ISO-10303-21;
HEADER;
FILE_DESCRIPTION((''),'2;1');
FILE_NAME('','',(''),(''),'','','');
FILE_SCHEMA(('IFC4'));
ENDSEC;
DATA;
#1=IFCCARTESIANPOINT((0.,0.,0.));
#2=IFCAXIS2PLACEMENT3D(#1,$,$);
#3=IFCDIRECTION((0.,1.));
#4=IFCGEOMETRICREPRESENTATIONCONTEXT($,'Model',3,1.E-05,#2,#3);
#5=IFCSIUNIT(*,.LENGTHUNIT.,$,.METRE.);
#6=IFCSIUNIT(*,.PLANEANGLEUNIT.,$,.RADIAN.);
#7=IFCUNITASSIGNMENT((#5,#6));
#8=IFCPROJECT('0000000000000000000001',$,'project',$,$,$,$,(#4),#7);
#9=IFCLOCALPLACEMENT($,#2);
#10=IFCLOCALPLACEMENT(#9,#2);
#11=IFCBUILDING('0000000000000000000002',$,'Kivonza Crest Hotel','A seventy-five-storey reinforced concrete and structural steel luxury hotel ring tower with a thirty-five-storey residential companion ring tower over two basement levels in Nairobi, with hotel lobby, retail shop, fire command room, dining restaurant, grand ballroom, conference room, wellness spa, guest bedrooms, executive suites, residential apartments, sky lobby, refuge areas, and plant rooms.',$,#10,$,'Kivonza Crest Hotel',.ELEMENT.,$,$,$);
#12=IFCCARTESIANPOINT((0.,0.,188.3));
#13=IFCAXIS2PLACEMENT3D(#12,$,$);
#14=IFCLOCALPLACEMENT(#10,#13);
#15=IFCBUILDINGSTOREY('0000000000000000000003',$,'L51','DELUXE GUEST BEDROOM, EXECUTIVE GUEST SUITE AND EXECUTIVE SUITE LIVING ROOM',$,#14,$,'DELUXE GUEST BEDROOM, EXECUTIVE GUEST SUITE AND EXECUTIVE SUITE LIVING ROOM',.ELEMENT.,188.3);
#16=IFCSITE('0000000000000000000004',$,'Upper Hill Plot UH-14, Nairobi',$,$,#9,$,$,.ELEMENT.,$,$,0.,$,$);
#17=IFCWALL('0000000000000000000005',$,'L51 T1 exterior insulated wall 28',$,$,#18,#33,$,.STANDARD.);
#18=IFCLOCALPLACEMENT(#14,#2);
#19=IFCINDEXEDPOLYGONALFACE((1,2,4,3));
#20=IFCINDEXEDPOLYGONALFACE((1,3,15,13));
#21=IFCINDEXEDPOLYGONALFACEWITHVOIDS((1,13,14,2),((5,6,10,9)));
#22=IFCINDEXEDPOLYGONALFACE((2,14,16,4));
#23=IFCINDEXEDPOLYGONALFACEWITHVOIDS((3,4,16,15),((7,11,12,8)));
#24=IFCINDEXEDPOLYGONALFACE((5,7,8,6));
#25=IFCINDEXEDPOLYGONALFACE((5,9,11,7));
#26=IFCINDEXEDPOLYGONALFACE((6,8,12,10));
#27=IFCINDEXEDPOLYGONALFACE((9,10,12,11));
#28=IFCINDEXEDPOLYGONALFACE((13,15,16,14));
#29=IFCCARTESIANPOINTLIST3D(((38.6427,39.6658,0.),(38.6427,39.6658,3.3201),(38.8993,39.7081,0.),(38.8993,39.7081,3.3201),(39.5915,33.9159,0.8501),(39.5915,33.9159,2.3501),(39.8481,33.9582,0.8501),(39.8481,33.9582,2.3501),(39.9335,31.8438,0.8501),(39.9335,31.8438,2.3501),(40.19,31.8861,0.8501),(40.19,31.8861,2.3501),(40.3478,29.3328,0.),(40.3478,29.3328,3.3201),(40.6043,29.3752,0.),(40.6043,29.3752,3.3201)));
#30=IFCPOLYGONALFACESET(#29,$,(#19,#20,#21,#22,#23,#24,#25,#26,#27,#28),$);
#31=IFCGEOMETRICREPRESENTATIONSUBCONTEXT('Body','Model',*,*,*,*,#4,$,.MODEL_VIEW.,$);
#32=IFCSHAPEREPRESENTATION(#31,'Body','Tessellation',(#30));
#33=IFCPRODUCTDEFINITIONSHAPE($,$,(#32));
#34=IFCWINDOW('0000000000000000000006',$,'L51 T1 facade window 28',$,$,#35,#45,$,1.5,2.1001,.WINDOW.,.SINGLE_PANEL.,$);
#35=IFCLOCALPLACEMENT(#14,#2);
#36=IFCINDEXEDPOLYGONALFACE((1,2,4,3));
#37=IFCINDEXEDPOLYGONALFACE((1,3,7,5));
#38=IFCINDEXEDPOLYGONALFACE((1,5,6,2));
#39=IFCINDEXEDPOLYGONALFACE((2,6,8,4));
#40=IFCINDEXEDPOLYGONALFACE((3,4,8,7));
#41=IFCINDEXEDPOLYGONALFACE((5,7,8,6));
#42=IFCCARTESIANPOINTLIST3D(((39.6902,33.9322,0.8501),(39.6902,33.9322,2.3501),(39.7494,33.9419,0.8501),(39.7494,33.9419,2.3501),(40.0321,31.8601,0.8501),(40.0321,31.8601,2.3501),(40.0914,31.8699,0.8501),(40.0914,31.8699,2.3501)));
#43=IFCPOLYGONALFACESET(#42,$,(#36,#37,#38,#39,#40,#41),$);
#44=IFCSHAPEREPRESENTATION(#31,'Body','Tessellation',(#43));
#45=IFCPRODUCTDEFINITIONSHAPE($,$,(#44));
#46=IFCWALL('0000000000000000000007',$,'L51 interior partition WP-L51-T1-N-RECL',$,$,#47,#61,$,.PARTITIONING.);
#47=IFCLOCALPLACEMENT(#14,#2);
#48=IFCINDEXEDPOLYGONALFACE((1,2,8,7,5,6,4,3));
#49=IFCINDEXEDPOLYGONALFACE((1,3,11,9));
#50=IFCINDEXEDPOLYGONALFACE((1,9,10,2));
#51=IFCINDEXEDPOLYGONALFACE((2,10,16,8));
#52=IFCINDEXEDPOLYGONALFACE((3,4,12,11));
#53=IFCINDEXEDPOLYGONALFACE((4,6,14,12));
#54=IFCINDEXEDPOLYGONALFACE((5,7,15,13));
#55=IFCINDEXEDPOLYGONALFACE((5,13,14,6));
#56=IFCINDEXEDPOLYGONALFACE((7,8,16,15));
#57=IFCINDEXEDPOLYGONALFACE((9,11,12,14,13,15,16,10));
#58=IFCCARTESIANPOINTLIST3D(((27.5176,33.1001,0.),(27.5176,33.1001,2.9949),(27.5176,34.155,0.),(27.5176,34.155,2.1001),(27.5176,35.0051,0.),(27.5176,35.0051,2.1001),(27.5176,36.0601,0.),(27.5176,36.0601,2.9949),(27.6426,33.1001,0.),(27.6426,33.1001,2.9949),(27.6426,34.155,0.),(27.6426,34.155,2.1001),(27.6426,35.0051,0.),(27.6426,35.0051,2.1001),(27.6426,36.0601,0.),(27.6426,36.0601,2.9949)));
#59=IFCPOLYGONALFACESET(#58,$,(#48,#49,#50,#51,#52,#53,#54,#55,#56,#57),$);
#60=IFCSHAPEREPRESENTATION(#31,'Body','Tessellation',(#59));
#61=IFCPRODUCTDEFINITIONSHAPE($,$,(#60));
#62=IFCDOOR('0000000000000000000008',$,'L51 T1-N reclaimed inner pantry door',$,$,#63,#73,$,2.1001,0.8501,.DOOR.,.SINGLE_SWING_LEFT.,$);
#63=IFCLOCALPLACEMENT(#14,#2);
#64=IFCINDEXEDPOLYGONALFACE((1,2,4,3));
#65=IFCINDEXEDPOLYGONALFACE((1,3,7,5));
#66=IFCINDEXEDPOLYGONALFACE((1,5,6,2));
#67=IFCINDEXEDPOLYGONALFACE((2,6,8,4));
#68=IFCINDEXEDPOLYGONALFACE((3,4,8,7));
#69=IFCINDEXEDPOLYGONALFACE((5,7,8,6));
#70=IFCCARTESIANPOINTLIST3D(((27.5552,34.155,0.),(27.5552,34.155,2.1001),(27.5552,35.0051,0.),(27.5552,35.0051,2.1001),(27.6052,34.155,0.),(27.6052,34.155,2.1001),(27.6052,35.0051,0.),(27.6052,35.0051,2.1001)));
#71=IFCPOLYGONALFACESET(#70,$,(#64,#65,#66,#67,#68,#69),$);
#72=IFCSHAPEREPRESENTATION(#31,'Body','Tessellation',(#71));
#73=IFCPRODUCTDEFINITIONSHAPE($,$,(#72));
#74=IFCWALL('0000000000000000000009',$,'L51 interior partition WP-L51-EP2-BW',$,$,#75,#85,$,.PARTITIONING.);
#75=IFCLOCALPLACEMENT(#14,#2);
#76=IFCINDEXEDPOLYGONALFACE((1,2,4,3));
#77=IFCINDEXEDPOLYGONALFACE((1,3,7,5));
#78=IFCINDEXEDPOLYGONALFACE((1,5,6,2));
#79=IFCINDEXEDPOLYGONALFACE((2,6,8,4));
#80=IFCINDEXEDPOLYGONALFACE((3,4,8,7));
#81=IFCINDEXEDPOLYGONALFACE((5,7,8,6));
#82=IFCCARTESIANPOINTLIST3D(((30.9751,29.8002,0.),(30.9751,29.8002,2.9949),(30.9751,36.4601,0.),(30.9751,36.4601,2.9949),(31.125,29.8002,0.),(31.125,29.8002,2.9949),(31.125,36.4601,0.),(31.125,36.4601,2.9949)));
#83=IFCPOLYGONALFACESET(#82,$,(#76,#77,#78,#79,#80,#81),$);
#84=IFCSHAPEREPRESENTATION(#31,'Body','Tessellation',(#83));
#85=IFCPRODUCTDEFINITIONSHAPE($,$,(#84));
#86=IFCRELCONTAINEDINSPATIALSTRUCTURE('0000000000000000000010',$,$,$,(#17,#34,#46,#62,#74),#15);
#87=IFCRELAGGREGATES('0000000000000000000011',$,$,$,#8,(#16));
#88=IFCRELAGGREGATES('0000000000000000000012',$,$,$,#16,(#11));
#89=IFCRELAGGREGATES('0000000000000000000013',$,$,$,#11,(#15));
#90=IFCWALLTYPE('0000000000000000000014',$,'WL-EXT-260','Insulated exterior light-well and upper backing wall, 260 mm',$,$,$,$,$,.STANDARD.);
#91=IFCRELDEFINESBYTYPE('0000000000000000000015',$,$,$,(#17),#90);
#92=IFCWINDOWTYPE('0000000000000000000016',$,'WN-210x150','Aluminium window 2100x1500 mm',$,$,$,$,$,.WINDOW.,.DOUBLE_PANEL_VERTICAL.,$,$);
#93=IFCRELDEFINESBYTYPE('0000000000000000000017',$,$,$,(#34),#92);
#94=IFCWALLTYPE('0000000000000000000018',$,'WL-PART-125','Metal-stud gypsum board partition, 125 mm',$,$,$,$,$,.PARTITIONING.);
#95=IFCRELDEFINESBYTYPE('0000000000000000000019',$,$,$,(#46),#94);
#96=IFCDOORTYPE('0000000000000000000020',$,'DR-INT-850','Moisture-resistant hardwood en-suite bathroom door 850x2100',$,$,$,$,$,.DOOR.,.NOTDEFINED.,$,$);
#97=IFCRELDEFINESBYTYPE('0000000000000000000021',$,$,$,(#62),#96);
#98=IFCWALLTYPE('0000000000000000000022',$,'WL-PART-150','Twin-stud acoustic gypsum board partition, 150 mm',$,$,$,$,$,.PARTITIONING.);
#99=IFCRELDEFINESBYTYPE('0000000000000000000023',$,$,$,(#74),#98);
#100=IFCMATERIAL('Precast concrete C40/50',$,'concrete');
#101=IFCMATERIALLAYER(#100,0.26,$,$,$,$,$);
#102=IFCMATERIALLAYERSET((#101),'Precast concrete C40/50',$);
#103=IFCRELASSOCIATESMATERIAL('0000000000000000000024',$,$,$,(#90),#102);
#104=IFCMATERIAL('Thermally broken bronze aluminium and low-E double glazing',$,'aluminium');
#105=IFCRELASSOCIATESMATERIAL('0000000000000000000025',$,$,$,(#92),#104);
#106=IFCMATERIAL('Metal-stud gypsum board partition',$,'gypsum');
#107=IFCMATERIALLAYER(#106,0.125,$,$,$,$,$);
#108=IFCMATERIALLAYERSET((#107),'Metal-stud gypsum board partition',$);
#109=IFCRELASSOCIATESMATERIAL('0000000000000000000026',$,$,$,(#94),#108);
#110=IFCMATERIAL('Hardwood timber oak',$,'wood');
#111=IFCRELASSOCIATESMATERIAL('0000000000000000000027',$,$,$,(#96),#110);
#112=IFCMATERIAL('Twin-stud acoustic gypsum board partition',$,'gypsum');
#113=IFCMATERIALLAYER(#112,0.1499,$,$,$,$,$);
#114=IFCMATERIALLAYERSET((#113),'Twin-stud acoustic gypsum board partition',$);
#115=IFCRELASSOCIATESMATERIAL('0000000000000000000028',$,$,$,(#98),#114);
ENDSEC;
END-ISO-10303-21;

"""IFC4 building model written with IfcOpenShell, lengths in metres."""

from ifc_helpers import new_model, si_unit, direction, frame, frame_2d, origin, place, context, subcontext, project, spatial, rectangle, extrude, material, layer, layer_set, type_object, element, fill, save


model = new_model("IFC4")

# Units and contexts
model_context = context("Model", 3, precision=1e-05, world=origin(), true_north=direction((0.0, 1.0)))
body_context = subcontext(model_context, "Body", "Model", "MODEL_VIEW")
ifc_project = project(units=[si_unit("LENGTHUNIT", "METRE"), si_unit("PLANEANGLEUNIT", "RADIAN")], contexts=[model_context])

# Site, building, storey
site_placement = place(None, origin())
site = spatial("IfcSite", under=ifc_project, at=site_placement, Name="Upper Hill Plot UH-14, Nairobi", CompositionType="ELEMENT", RefElevation=0.0)
building_placement = place(site_placement, origin())
building = spatial("IfcBuilding", under=site, at=building_placement, Name="Kivonza Crest Hotel", Description="A seventy-five-storey reinforced concrete and structural steel luxury hotel ring tower with a thirty-five-storey residential companion ring tower over two basement levels in Nairobi, with hotel lobby, retail shop, fire command room, dining restaurant, grand ballroom, conference room, wellness spa, guest bedrooms, executive suites, residential apartments, sky lobby, refuge areas, and plant rooms.", LongName="Kivonza Crest Hotel", CompositionType="ELEMENT")
storey_placement = place(building_placement, frame((0.0, 0.0, 188.3)))
storey = spatial("IfcBuildingStorey", under=building, at=storey_placement, Name="L51", Description="DELUXE GUEST BEDROOM, EXECUTIVE GUEST SUITE AND EXECUTIVE SUITE LIVING ROOM", LongName="DELUXE GUEST BEDROOM, EXECUTIVE GUEST SUITE AND EXECUTIVE SUITE LIVING ROOM", CompositionType="ELEMENT", Elevation=188.3)

# Shared definitions
ifc_material_1 = material(Name="Hardwood timber oak", Category="wood")

# Shared definitions
ifc_material_2 = material(Name="Precast concrete C40/50", Category="concrete")
ifc_layer_1 = layer(ifc_material_2, 0.26)
ifc_layer_set_1 = layer_set([ifc_layer_1], Name="Precast concrete C40/50")
wall_type_1 = type_object("IfcWallType", Name="WL-EXT-260", Description="Insulated exterior light-well and upper backing wall, 260 mm", PredefinedType="STANDARD", material=ifc_layer_set_1)

# Shared definitions
ifc_material_3 = material(Name="Thermally broken bronze aluminium and low-E double glazing", Category="aluminium")
window_type_1 = type_object("IfcWindowType", Name="WN-210x150", Description="Aluminium window 2100x1500 mm", PartitioningType="DOUBLE_PANEL_VERTICAL", PredefinedType="WINDOW", material=ifc_material_3)

# Wall, opening, window
wall_1_placement = place(storey_placement, frame((40.4761, 29.354, 0.0), z_axis=(0.0, 0.0, 1.0), x_axis=(-0.162811, 0.986657, 0.0)))
wall_1 = element("IfcWall", 1, at=wall_1_placement, inside=storey, type_object=wall_type_1, Name="L51 T1 exterior insulated wall 28", PredefinedType="STANDARD", context=body_context, shape_type="SweptSolid", body=[
    extrude(rectangle(XDim=10.4727, YDim=0.26, at=frame_2d((5.2363, 0.0))), origin(), (0.0, 0.0, 1.0), 3.3201),
])
opening_1_placement = place(wall_1_placement, frame((2.5449, 0.0, 0.8501)))
opening_1 = element("IfcOpeningElement", 2, at=opening_1_placement, cuts=wall_1, PredefinedType="OPENING", context=body_context, shape_type="SweptSolid", body=[
    extrude(rectangle(XDim=2.1001, YDim=1.5, at=frame_2d((1.05, 0.75))), frame((0.0, 0.1401, 0.0), z_axis=(0.0, -1.0, 0.0), x_axis=(1.0, 0.0, 0.0)), (0.0, 0.0, 1.0), 0.28),
])
window_1_placement = place(opening_1_placement, origin())
window_1 = element("IfcWindow", 3, at=window_1_placement, inside=storey, type_object=window_type_1, Name="L51 T1 facade window 28", OverallHeight=1.5, OverallWidth=2.1001, PartitioningType="SINGLE_PANEL", PredefinedType="WINDOW", context=body_context, shape_type="SweptSolid", body=[
    extrude(rectangle(XDim=2.1001, YDim=1.5, at=frame_2d((1.05, 0.75))), frame((0.0, 0.03, 0.0), z_axis=(0.0, -1.0, 0.0), x_axis=(1.0, 0.0, 0.0)), (0.0, 0.0, 1.0), 0.0601),
])
fill(opening_1, window_1)

# Wall, opening, door
ifc_material_4 = material(Name="Metal-stud gypsum board partition", Category="gypsum")
ifc_layer_2 = layer(ifc_material_4, 0.125)
ifc_layer_set_2 = layer_set([ifc_layer_2], Name="Metal-stud gypsum board partition")
wall_type_2 = type_object("IfcWallType", Name="WL-PART-125", Description="Metal-stud gypsum board partition, 125 mm", PredefinedType="PARTITIONING", material=ifc_layer_set_2)
wall_2_placement = place(storey_placement, frame((27.5801, 33.1001, 0.0), z_axis=(0.0, 0.0, 1.0), x_axis=(0.0, 1.0, 0.0)))
wall_2 = element("IfcWall", 4, at=wall_2_placement, inside=storey, type_object=wall_type_2, Name="L51 interior partition WP-L51-T1-N-RECL", PredefinedType="PARTITIONING", context=body_context, shape_type="SweptSolid", body=[
    extrude(rectangle(XDim=2.96, YDim=0.125, at=frame_2d((1.48, 0.0))), origin(), (0.0, 0.0, 1.0), 2.9949),
])
opening_2_placement = place(wall_2_placement, frame((1.0549, 0.0, 0.0)))
opening_2 = element("IfcOpeningElement", 5, at=opening_2_placement, cuts=wall_2, PredefinedType="OPENING", context=body_context, shape_type="SweptSolid", body=[
    extrude(rectangle(XDim=0.8501, YDim=2.1001, at=frame_2d((0.425, 1.05))), frame((0.0, 0.0725, 0.0), z_axis=(0.0, -1.0, 0.0), x_axis=(1.0, 0.0, 0.0)), (0.0, 0.0, 1.0), 0.145),
])
door_type_1 = type_object("IfcDoorType", Name="DR-INT-850", Description="Moisture-resistant hardwood en-suite bathroom door 850x2100", OperationType="NOTDEFINED", PredefinedType="DOOR", material=ifc_material_1)
door_1_placement = place(opening_2_placement, origin())
door_1 = element("IfcDoor", 6, at=door_1_placement, inside=storey, type_object=door_type_1, Name="L51 T1-N reclaimed inner pantry door", OperationType="SINGLE_SWING_LEFT", OverallHeight=2.1001, OverallWidth=0.8501, PredefinedType="DOOR", context=body_context, shape_type="SweptSolid", body=[
    extrude(rectangle(XDim=0.8501, YDim=2.1001, at=frame_2d((0.425, 1.05))), frame((0.0, 0.0249, 0.0), z_axis=(0.0, -1.0, 0.0), x_axis=(1.0, 0.0, 0.0)), (0.0, 0.0, 1.0), 0.05),
])
fill(opening_2, door_1)

# Wall
ifc_material_5 = material(Name="Twin-stud acoustic gypsum board partition", Category="gypsum")
ifc_layer_3 = layer(ifc_material_5, 0.1499)
ifc_layer_set_3 = layer_set([ifc_layer_3], Name="Twin-stud acoustic gypsum board partition")
wall_type_3 = type_object("IfcWallType", Name="WL-PART-150", Description="Twin-stud acoustic gypsum board partition, 150 mm", PredefinedType="PARTITIONING", material=ifc_layer_set_3)
wall_3_placement = place(storey_placement, frame((31.05, 29.8, 0.0), z_axis=(0.0, 0.0, 1.0), x_axis=(0.0, 1.0, 0.0)))
element("IfcWall", 7, at=wall_3_placement, inside=storey, type_object=wall_type_3, Name="L51 interior partition WP-L51-EP2-BW", PredefinedType="PARTITIONING", context=body_context, shape_type="SweptSolid", body=[
    extrude(rectangle(XDim=6.6599, YDim=0.1499, at=frame_2d((3.3301, 0.0))), origin(), (0.0, 0.0, 1.0), 2.9949),
])

save(model, "model.ifc")
